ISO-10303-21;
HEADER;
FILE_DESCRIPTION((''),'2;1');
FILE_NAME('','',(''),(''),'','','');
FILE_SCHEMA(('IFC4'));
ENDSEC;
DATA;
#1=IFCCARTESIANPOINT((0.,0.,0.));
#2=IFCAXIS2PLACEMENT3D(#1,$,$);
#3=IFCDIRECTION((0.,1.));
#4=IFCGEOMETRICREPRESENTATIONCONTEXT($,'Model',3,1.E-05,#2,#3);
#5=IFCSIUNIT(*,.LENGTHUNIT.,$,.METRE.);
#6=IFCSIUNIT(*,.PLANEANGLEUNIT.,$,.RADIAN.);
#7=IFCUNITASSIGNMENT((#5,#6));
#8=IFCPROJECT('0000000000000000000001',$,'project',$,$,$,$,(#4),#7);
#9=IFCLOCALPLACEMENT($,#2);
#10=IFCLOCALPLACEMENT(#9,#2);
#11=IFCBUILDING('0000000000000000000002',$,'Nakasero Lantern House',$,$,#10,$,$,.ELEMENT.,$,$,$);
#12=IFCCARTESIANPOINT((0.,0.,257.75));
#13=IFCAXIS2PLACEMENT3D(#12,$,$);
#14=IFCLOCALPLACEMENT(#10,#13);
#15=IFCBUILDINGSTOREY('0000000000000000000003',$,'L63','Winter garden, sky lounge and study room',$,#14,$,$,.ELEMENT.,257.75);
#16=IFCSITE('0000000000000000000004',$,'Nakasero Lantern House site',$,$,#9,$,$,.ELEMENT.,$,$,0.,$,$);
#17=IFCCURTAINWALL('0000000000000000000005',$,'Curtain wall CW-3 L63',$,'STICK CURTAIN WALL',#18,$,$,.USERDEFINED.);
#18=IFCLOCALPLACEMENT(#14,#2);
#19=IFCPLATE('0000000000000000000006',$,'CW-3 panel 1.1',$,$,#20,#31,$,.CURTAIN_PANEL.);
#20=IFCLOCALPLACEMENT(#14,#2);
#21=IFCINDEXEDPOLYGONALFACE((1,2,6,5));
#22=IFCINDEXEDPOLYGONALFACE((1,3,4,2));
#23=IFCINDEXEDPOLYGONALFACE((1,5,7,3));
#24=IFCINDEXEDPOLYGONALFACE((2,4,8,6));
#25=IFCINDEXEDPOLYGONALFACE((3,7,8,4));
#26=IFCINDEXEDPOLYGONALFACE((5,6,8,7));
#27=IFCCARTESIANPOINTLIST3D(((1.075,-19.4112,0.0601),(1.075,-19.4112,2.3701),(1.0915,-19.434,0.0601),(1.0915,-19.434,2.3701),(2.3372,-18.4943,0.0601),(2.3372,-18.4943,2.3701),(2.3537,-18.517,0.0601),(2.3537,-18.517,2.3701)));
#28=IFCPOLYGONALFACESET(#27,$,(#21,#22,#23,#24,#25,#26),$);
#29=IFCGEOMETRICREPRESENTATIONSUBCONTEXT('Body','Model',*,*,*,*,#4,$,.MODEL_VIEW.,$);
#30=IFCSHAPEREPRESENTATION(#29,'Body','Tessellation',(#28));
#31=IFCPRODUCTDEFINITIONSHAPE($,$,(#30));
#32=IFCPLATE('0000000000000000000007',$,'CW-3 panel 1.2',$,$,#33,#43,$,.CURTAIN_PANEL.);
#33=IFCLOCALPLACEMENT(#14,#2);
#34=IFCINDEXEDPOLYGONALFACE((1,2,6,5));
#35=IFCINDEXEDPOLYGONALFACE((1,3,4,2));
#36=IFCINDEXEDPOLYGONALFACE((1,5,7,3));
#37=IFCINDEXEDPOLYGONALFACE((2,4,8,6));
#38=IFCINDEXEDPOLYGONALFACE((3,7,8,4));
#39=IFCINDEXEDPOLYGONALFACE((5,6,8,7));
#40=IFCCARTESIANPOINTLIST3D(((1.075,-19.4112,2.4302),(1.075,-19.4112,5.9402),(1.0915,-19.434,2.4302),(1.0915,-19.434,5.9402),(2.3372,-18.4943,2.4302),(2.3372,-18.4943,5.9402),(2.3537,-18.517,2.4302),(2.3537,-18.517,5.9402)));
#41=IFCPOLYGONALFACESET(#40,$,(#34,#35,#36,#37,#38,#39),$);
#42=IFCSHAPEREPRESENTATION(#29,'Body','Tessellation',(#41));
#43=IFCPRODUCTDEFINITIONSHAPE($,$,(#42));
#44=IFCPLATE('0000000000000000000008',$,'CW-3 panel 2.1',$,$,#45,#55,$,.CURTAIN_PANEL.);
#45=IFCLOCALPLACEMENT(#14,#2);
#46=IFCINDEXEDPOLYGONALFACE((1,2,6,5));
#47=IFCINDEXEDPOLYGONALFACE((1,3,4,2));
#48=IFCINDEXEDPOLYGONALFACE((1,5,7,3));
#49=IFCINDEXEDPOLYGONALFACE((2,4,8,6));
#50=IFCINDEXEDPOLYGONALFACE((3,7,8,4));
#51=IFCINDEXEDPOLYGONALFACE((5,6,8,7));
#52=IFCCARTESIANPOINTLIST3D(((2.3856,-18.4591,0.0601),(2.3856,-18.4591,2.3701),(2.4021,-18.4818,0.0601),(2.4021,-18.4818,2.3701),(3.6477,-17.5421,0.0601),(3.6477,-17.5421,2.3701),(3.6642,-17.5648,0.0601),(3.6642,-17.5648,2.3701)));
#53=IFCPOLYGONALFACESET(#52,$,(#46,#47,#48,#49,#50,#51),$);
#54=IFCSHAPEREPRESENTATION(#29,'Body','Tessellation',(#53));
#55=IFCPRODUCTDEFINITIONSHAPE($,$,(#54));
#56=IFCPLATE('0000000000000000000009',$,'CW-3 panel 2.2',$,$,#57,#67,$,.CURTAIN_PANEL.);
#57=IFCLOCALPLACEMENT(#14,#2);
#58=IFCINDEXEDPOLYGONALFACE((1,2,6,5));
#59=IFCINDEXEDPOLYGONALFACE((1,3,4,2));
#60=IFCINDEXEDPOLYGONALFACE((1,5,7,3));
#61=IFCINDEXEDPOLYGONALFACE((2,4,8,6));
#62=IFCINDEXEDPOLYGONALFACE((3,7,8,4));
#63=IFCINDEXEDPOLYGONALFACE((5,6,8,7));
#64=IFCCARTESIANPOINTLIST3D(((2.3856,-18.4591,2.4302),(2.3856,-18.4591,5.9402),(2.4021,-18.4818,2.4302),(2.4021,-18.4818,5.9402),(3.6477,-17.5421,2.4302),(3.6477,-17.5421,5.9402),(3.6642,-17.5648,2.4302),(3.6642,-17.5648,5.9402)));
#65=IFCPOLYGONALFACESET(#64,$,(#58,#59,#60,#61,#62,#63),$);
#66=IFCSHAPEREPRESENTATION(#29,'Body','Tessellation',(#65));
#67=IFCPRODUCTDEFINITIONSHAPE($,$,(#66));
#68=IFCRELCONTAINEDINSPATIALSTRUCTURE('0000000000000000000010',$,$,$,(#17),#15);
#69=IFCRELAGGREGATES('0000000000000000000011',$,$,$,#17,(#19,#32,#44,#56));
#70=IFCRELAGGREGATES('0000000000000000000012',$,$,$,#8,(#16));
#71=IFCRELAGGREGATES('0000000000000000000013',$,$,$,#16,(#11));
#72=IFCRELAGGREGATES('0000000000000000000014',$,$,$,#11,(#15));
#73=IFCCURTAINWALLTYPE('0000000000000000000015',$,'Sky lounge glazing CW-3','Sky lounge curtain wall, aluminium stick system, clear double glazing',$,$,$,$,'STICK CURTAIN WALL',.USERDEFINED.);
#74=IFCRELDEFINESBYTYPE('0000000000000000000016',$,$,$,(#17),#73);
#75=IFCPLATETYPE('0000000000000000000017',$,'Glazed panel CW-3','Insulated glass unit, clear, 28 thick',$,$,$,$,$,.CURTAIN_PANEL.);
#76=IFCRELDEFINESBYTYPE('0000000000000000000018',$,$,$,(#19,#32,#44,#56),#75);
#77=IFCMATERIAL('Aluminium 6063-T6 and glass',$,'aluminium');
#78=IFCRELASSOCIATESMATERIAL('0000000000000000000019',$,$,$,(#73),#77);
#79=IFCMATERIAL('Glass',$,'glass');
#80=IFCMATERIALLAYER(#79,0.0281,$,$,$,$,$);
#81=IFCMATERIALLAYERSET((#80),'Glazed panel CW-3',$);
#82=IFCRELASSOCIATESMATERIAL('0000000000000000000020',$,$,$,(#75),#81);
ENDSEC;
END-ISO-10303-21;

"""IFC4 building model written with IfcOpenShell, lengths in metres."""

from ifc_helpers import new_model, si_unit, direction, frame, origin, origin_2d, place, context, subcontext, project, spatial, rectangle, extrude, material, layer, layer_set, type_object, element, aggregate, save


model = new_model("IFC4")

# Units and contexts
model_context = context("Model", 3, precision=1e-05, world=origin(), true_north=direction((0.0, 1.0)))
body_context = subcontext(model_context, "Body", "Model", "MODEL_VIEW")
ifc_project = project(units=[si_unit("LENGTHUNIT", "METRE"), si_unit("PLANEANGLEUNIT", "RADIAN")], contexts=[model_context])

# Site, building, storey
site_placement = place(None, origin())
site = spatial("IfcSite", under=ifc_project, at=site_placement, Name="Nakasero Lantern House site", CompositionType="ELEMENT", RefElevation=0.0)
building_placement = place(site_placement, origin())
building = spatial("IfcBuilding", under=site, at=building_placement, Name="Nakasero Lantern House", CompositionType="ELEMENT")
storey_placement = place(building_placement, frame((0.0, 0.0, 257.75)))
storey = spatial("IfcBuildingStorey", under=building, at=storey_placement, Name="L63", Description="Winter garden, sky lounge and study room", CompositionType="ELEMENT", Elevation=257.75)

# Shared definitions
ifc_material_1 = material(Name="Aluminium 6063-T6 and glass", Category="aluminium")
curtain_wall_type = type_object("IfcCurtainWallType", Name="Sky lounge glazing CW-3", Description="Sky lounge curtain wall, aluminium stick system, clear double glazing", ElementType="STICK CURTAIN WALL", PredefinedType="USERDEFINED", material=ifc_material_1)

# Curtain wall
curtain_wall_1_placement = place(storey_placement, origin())
curtain_wall_1 = element("IfcCurtainWall", 1, at=curtain_wall_1_placement, inside=storey, type_object=curtain_wall_type, Name="Curtain wall CW-3 L63", ObjectType="STICK CURTAIN WALL", PredefinedType="USERDEFINED")

# Plates
ifc_material_2 = material(Name="Glass", Category="glass")
ifc_layer_1 = layer(ifc_material_2, 0.0281)
ifc_layer_set_1 = layer_set([ifc_layer_1], Name="Glazed panel CW-3")
plate_type = type_object("IfcPlateType", Name="Glazed panel CW-3", Description="Insulated glass unit, clear, 28 thick", PredefinedType="CURTAIN_PANEL", material=ifc_layer_set_1)
plate_1_placement = place(storey_placement, frame((1.7144, -18.9641, 0.0601), z_axis=(0.0, 0.0, 1.0), x_axis=(0.809017, 0.587785, 0.0)))
plate_1 = element("IfcPlate", 2, at=plate_1_placement, type_object=plate_type, Name="CW-3 panel 1.1", PredefinedType="CURTAIN_PANEL", context=body_context, shape_type="SweptSolid", body=[
    extrude(rectangle(XDim=1.5601, YDim=0.0281, at=origin_2d()), origin(), (0.0, 0.0, 1.0), 2.3101),
])
plate_2_placement = place(storey_placement, frame((1.7144, -18.9641, 2.4302), z_axis=(0.0, 0.0, 1.0), x_axis=(0.809017, 0.587785, 0.0)))
plate_2 = element("IfcPlate", 3, at=plate_2_placement, type_object=plate_type, Name="CW-3 panel 1.2", PredefinedType="CURTAIN_PANEL", context=body_context, shape_type="SweptSolid", body=[
    extrude(rectangle(XDim=1.5601, YDim=0.0281, at=origin_2d()), origin(), (0.0, 0.0, 1.0), 3.51),
])
plate_3_placement = place(storey_placement, frame((3.0249, -18.012, 0.0601), z_axis=(0.0, 0.0, 1.0), x_axis=(0.809017, 0.587785, 0.0)))
plate_3 = element("IfcPlate", 4, at=plate_3_placement, type_object=plate_type, Name="CW-3 panel 2.1", PredefinedType="CURTAIN_PANEL", context=body_context, shape_type="SweptSolid", body=[
    extrude(rectangle(XDim=1.5601, YDim=0.0281, at=origin_2d()), origin(), (0.0, 0.0, 1.0), 2.3101),
])
plate_4_placement = place(storey_placement, frame((3.0249, -18.012, 2.4302), z_axis=(0.0, 0.0, 1.0), x_axis=(0.809017, 0.587785, 0.0)))
plate_4 = element("IfcPlate", 5, at=plate_4_placement, type_object=plate_type, Name="CW-3 panel 2.2", PredefinedType="CURTAIN_PANEL", context=body_context, shape_type="SweptSolid", body=[
    extrude(rectangle(XDim=1.5601, YDim=0.0281, at=origin_2d()), origin(), (0.0, 0.0, 1.0), 3.51),
])
aggregate(curtain_wall_1, [plate_1, plate_2, plate_3, plate_4])

save(model, "model.ifc")
